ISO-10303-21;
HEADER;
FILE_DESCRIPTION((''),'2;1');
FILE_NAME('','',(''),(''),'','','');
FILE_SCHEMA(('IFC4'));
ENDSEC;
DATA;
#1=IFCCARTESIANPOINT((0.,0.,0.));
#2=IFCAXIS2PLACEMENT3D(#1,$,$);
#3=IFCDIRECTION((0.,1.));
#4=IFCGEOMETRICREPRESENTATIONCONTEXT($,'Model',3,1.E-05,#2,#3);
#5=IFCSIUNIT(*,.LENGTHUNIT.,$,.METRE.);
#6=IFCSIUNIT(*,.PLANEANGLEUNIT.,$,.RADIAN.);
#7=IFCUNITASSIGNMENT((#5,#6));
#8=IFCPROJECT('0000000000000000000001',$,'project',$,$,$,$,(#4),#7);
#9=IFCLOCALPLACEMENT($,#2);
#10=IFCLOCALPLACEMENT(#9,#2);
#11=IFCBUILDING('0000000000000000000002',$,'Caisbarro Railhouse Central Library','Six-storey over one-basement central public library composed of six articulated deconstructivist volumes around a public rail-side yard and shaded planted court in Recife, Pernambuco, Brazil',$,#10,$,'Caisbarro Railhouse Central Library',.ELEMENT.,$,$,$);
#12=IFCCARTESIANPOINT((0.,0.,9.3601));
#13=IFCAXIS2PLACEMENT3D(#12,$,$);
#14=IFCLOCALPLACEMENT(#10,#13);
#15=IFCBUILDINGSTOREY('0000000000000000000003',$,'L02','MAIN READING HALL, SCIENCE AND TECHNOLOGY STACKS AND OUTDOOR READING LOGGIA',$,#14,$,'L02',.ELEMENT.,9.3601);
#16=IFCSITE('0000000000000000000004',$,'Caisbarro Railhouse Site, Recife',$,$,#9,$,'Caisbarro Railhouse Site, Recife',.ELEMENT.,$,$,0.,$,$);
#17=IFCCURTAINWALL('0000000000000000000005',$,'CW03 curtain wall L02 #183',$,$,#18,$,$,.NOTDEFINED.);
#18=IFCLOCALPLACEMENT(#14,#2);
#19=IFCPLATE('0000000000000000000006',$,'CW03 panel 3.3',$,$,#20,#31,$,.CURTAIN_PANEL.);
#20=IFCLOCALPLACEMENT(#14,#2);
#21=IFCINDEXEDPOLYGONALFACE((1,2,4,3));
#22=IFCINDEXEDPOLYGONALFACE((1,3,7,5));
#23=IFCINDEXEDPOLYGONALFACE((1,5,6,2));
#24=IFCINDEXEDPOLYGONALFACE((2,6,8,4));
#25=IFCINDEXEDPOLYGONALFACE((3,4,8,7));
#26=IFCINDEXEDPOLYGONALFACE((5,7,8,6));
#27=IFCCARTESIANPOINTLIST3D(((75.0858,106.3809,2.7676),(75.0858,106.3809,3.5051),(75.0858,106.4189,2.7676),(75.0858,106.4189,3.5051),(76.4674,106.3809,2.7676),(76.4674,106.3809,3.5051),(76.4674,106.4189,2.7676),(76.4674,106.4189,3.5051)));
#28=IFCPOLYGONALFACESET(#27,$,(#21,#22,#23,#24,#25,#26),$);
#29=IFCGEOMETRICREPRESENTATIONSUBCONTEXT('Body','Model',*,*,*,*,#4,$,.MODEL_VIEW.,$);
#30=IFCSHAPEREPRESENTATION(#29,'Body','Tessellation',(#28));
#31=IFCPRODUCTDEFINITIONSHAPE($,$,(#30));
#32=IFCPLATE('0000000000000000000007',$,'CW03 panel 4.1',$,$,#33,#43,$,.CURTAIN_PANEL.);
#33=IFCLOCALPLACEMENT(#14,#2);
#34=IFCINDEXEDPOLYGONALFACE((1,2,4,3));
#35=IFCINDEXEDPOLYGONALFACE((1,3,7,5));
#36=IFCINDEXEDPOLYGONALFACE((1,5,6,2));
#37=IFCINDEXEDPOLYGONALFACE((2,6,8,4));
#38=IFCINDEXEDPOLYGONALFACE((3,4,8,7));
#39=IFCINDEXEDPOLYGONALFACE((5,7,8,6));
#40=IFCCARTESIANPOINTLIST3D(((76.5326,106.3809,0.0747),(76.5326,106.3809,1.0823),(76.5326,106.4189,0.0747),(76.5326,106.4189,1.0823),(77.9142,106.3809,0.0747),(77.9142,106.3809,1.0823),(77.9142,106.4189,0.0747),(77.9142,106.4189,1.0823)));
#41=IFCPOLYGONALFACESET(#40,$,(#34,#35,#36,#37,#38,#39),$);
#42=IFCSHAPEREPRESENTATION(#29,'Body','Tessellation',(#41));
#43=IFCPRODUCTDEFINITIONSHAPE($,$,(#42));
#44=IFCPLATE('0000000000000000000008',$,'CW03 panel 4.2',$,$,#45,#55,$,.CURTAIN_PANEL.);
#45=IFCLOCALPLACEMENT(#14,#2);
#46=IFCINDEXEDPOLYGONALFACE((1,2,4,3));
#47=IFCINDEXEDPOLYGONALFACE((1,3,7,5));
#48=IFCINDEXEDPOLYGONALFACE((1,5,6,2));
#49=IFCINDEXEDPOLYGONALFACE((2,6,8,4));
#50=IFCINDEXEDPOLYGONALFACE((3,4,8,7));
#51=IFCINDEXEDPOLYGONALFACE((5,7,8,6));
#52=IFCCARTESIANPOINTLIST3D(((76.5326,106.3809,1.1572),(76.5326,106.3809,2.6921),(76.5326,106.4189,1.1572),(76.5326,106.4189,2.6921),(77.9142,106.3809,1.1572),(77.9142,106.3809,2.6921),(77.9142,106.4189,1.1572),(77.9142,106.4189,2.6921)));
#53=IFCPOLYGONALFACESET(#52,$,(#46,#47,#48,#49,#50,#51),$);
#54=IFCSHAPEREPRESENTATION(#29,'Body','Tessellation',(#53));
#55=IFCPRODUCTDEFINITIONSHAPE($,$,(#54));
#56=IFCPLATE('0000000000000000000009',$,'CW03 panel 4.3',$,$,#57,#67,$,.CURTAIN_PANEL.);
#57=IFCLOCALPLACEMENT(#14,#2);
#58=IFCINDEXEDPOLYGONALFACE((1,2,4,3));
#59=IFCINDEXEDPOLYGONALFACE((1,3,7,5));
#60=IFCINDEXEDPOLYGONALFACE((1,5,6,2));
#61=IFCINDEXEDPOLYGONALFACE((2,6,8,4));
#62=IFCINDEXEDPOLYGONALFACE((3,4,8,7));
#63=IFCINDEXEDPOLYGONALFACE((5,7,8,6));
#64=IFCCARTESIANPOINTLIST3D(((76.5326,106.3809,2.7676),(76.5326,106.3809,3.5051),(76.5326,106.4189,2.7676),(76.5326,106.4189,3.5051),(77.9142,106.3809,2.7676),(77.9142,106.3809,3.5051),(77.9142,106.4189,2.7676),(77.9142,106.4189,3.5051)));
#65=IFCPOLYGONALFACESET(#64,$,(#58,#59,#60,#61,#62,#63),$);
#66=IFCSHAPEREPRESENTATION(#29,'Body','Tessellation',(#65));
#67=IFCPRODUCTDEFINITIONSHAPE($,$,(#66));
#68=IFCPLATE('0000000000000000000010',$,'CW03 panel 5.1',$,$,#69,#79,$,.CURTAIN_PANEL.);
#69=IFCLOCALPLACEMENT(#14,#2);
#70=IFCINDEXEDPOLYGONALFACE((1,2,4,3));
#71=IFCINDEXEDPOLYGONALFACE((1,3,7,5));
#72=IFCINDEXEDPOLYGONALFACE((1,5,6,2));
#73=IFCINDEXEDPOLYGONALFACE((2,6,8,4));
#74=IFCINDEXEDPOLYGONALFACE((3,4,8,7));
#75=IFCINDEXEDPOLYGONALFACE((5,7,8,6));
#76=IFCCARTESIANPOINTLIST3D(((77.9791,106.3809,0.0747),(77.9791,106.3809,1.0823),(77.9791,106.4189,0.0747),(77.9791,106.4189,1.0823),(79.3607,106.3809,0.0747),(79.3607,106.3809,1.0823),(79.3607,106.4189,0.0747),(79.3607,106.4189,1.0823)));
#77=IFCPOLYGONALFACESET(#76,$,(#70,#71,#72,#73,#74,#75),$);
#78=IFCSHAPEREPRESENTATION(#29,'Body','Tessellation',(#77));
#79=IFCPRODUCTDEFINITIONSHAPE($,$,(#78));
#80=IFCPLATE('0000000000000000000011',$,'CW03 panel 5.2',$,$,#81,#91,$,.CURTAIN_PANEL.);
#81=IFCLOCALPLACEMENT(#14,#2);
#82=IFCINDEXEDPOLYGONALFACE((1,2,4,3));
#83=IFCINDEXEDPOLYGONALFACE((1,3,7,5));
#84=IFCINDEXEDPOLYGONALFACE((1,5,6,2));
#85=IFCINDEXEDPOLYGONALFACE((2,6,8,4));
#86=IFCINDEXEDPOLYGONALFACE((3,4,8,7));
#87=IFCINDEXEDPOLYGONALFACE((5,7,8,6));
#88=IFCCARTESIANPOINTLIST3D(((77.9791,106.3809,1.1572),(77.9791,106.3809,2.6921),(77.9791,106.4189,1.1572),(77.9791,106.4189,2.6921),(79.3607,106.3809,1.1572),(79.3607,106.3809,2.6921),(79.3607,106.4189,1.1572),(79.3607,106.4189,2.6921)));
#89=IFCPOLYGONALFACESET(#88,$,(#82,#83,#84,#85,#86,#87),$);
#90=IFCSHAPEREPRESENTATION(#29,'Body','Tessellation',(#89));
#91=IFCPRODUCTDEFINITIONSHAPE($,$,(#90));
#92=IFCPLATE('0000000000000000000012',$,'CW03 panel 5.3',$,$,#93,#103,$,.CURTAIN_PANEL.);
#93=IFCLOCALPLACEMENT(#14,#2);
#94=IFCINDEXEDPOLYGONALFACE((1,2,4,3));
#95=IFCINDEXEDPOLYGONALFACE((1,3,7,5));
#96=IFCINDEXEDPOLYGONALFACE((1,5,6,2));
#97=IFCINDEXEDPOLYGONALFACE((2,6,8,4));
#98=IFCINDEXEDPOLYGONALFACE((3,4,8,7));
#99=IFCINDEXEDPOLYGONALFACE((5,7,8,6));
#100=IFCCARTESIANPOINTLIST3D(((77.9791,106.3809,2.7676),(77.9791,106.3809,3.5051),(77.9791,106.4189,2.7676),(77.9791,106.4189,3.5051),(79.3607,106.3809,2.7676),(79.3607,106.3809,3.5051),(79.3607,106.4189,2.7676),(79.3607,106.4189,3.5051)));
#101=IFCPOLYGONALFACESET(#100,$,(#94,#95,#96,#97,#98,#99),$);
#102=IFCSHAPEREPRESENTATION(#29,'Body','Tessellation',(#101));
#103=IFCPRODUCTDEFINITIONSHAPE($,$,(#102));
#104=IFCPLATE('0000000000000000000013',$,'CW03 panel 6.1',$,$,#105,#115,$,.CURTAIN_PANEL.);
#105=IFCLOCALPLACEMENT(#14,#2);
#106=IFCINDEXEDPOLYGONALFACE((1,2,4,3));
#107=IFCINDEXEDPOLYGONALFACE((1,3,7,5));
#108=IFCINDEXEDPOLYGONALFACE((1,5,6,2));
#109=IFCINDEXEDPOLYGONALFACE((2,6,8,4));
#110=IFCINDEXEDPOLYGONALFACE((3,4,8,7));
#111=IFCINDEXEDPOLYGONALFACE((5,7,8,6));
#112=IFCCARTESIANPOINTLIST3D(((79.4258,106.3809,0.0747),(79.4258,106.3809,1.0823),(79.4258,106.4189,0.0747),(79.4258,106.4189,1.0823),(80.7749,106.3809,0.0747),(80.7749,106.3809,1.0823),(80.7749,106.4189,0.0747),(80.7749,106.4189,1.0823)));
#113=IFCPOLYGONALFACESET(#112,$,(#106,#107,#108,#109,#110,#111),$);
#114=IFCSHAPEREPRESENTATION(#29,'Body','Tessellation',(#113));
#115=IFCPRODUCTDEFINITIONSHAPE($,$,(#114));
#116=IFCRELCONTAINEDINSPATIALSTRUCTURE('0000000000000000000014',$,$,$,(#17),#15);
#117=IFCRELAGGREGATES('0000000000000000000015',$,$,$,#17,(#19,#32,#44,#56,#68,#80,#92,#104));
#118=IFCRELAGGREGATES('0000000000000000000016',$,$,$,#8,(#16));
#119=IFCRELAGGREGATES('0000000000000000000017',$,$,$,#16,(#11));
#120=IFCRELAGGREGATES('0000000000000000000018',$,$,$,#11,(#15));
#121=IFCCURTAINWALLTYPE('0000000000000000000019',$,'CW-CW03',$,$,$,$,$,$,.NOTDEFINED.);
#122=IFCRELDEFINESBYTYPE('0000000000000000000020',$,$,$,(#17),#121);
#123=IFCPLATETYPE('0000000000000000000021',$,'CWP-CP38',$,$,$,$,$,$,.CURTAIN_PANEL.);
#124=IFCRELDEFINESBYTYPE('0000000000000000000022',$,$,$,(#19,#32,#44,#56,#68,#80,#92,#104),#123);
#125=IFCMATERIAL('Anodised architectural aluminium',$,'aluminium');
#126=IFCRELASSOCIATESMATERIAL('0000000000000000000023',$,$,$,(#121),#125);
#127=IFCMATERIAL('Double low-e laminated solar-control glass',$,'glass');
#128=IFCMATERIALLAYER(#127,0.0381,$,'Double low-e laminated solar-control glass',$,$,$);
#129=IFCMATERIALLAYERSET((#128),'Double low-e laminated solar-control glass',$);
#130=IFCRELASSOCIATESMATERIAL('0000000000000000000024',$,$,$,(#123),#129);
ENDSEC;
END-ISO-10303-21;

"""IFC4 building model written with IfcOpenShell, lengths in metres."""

from ifc_helpers import new_model, si_unit, direction, frame, origin, origin_2d, place, context, subcontext, project, spatial, rectangle, extrude, material, layer, layer_set, type_object, element, aggregate, save


model = new_model("IFC4")

# Units and contexts
model_context = context("Model", 3, precision=1e-05, world=origin(), true_north=direction((0.0, 1.0)))
body_context = subcontext(model_context, "Body", "Model", "MODEL_VIEW")
ifc_project = project(units=[si_unit("LENGTHUNIT", "METRE"), si_unit("PLANEANGLEUNIT", "RADIAN")], contexts=[model_context])

# Site, building, storey
site_placement = place(None, origin())
site = spatial("IfcSite", under=ifc_project, at=site_placement, Name="Caisbarro Railhouse Site, Recife", LongName="Caisbarro Railhouse Site, Recife", CompositionType="ELEMENT", RefElevation=0.0)
building_placement = place(site_placement, origin())
building = spatial("IfcBuilding", under=site, at=building_placement, Name="Caisbarro Railhouse Central Library", Description="Six-storey over one-basement central public library composed of six articulated deconstructivist volumes around a public rail-side yard and shaded planted court in Recife, Pernambuco, Brazil", LongName="Caisbarro Railhouse Central Library", CompositionType="ELEMENT")
storey_placement = place(building_placement, frame((0.0, 0.0, 9.3601)))
storey = spatial("IfcBuildingStorey", under=building, at=storey_placement, Name="L02", Description="MAIN READING HALL, SCIENCE AND TECHNOLOGY STACKS AND OUTDOOR READING LOGGIA", LongName="L02", CompositionType="ELEMENT", Elevation=9.3601)

# Curtain wall, plates
ifc_material_1 = material(Name="Anodised architectural aluminium", Category="aluminium")
curtain_wall_type = type_object("IfcCurtainWallType", Name="CW-CW03", PredefinedType="NOTDEFINED", material=ifc_material_1)
curtain_wall_placement = place(storey_placement, origin())
curtain_wall = element("IfcCurtainWall", 1, at=curtain_wall_placement, inside=storey, type_object=curtain_wall_type, Name="CW03 curtain wall L02 #183", PredefinedType="NOTDEFINED")
ifc_material_2 = material(Name="Double low-e laminated solar-control glass", Category="glass")
ifc_layer = layer(ifc_material_2, 0.0381, Name="Double low-e laminated solar-control glass")
ifc_layer_set = layer_set([ifc_layer], Name="Double low-e laminated solar-control glass")
plate_type = type_object("IfcPlateType", Name="CWP-CP38", PredefinedType="CURTAIN_PANEL", material=ifc_layer_set)
plate_1_placement = place(storey_placement, frame((75.7766, 106.3999, 2.7676), z_axis=(0.0, 0.0, 1.0), x_axis=(1.0, 0.0, 0.0)))
plate_1 = element("IfcPlate", 2, at=plate_1_placement, type_object=plate_type, Name="CW03 panel 3.3", PredefinedType="CURTAIN_PANEL", context=body_context, shape_type="SweptSolid", body=[
    extrude(rectangle(XDim=1.3816, YDim=0.0381, at=origin_2d()), origin(), (0.0, 0.0, 1.0), 0.7375),
])
plate_2_placement = place(storey_placement, frame((77.2234, 106.3999, 0.0747), z_axis=(0.0, 0.0, 1.0), x_axis=(1.0, 0.0, 0.0)))
plate_2 = element("IfcPlate", 3, at=plate_2_placement, type_object=plate_type, Name="CW03 panel 4.1", PredefinedType="CURTAIN_PANEL", context=body_context, shape_type="SweptSolid", body=[
    extrude(rectangle(XDim=1.3816, YDim=0.0381, at=origin_2d()), origin(), (0.0, 0.0, 1.0), 1.0076),
])
plate_3_placement = place(storey_placement, frame((77.2234, 106.3999, 1.1572), z_axis=(0.0, 0.0, 1.0), x_axis=(1.0, 0.0, 0.0)))
plate_3 = element("IfcPlate", 4, at=plate_3_placement, type_object=plate_type, Name="CW03 panel 4.2", PredefinedType="CURTAIN_PANEL", context=body_context, shape_type="SweptSolid", body=[
    extrude(rectangle(XDim=1.3816, YDim=0.0381, at=origin_2d()), origin(), (0.0, 0.0, 1.0), 1.5349),
])
plate_4_placement = place(storey_placement, frame((77.2234, 106.3999, 2.7676), z_axis=(0.0, 0.0, 1.0), x_axis=(1.0, 0.0, 0.0)))
plate_4 = element("IfcPlate", 5, at=plate_4_placement, type_object=plate_type, Name="CW03 panel 4.3", PredefinedType="CURTAIN_PANEL", context=body_context, shape_type="SweptSolid", body=[
    extrude(rectangle(XDim=1.3816, YDim=0.0381, at=origin_2d()), origin(), (0.0, 0.0, 1.0), 0.7375),
])
plate_5_placement = place(storey_placement, frame((78.6699, 106.3999, 0.0747), z_axis=(0.0, 0.0, 1.0), x_axis=(1.0, 0.0, 0.0)))
plate_5 = element("IfcPlate", 6, at=plate_5_placement, type_object=plate_type, Name="CW03 panel 5.1", PredefinedType="CURTAIN_PANEL", context=body_context, shape_type="SweptSolid", body=[
    extrude(rectangle(XDim=1.3816, YDim=0.0381, at=origin_2d()), origin(), (0.0, 0.0, 1.0), 1.0076),
])
plate_6_placement = place(storey_placement, frame((78.6699, 106.3999, 1.1572), z_axis=(0.0, 0.0, 1.0), x_axis=(1.0, 0.0, 0.0)))
plate_6 = element("IfcPlate", 7, at=plate_6_placement, type_object=plate_type, Name="CW03 panel 5.2", PredefinedType="CURTAIN_PANEL", context=body_context, shape_type="SweptSolid", body=[
    extrude(rectangle(XDim=1.3816, YDim=0.0381, at=origin_2d()), origin(), (0.0, 0.0, 1.0), 1.5349),
])
plate_7_placement = place(storey_placement, frame((78.6699, 106.3999, 2.7676), z_axis=(0.0, 0.0, 1.0), x_axis=(1.0, 0.0, 0.0)))
plate_7 = element("IfcPlate", 8, at=plate_7_placement, type_object=plate_type, Name="CW03 panel 5.3", PredefinedType="CURTAIN_PANEL", context=body_context, shape_type="SweptSolid", body=[
    extrude(rectangle(XDim=1.3816, YDim=0.0381, at=origin_2d()), origin(), (0.0, 0.0, 1.0), 0.7375),
])
plate_8_placement = place(storey_placement, frame((80.1003, 106.3999, 0.0747), z_axis=(0.0, 0.0, 1.0), x_axis=(1.0, 0.0, 0.0)))
plate_8 = element("IfcPlate", 9, at=plate_8_placement, type_object=plate_type, Name="CW03 panel 6.1", PredefinedType="CURTAIN_PANEL", context=body_context, shape_type="SweptSolid", body=[
    extrude(rectangle(XDim=1.3491, YDim=0.0381, at=origin_2d()), origin(), (0.0, 0.0, 1.0), 1.0076),
])
aggregate(curtain_wall, [plate_1, plate_2, plate_3, plate_4, plate_5, plate_6, plate_7, plate_8])

save(model, "model.ifc")
